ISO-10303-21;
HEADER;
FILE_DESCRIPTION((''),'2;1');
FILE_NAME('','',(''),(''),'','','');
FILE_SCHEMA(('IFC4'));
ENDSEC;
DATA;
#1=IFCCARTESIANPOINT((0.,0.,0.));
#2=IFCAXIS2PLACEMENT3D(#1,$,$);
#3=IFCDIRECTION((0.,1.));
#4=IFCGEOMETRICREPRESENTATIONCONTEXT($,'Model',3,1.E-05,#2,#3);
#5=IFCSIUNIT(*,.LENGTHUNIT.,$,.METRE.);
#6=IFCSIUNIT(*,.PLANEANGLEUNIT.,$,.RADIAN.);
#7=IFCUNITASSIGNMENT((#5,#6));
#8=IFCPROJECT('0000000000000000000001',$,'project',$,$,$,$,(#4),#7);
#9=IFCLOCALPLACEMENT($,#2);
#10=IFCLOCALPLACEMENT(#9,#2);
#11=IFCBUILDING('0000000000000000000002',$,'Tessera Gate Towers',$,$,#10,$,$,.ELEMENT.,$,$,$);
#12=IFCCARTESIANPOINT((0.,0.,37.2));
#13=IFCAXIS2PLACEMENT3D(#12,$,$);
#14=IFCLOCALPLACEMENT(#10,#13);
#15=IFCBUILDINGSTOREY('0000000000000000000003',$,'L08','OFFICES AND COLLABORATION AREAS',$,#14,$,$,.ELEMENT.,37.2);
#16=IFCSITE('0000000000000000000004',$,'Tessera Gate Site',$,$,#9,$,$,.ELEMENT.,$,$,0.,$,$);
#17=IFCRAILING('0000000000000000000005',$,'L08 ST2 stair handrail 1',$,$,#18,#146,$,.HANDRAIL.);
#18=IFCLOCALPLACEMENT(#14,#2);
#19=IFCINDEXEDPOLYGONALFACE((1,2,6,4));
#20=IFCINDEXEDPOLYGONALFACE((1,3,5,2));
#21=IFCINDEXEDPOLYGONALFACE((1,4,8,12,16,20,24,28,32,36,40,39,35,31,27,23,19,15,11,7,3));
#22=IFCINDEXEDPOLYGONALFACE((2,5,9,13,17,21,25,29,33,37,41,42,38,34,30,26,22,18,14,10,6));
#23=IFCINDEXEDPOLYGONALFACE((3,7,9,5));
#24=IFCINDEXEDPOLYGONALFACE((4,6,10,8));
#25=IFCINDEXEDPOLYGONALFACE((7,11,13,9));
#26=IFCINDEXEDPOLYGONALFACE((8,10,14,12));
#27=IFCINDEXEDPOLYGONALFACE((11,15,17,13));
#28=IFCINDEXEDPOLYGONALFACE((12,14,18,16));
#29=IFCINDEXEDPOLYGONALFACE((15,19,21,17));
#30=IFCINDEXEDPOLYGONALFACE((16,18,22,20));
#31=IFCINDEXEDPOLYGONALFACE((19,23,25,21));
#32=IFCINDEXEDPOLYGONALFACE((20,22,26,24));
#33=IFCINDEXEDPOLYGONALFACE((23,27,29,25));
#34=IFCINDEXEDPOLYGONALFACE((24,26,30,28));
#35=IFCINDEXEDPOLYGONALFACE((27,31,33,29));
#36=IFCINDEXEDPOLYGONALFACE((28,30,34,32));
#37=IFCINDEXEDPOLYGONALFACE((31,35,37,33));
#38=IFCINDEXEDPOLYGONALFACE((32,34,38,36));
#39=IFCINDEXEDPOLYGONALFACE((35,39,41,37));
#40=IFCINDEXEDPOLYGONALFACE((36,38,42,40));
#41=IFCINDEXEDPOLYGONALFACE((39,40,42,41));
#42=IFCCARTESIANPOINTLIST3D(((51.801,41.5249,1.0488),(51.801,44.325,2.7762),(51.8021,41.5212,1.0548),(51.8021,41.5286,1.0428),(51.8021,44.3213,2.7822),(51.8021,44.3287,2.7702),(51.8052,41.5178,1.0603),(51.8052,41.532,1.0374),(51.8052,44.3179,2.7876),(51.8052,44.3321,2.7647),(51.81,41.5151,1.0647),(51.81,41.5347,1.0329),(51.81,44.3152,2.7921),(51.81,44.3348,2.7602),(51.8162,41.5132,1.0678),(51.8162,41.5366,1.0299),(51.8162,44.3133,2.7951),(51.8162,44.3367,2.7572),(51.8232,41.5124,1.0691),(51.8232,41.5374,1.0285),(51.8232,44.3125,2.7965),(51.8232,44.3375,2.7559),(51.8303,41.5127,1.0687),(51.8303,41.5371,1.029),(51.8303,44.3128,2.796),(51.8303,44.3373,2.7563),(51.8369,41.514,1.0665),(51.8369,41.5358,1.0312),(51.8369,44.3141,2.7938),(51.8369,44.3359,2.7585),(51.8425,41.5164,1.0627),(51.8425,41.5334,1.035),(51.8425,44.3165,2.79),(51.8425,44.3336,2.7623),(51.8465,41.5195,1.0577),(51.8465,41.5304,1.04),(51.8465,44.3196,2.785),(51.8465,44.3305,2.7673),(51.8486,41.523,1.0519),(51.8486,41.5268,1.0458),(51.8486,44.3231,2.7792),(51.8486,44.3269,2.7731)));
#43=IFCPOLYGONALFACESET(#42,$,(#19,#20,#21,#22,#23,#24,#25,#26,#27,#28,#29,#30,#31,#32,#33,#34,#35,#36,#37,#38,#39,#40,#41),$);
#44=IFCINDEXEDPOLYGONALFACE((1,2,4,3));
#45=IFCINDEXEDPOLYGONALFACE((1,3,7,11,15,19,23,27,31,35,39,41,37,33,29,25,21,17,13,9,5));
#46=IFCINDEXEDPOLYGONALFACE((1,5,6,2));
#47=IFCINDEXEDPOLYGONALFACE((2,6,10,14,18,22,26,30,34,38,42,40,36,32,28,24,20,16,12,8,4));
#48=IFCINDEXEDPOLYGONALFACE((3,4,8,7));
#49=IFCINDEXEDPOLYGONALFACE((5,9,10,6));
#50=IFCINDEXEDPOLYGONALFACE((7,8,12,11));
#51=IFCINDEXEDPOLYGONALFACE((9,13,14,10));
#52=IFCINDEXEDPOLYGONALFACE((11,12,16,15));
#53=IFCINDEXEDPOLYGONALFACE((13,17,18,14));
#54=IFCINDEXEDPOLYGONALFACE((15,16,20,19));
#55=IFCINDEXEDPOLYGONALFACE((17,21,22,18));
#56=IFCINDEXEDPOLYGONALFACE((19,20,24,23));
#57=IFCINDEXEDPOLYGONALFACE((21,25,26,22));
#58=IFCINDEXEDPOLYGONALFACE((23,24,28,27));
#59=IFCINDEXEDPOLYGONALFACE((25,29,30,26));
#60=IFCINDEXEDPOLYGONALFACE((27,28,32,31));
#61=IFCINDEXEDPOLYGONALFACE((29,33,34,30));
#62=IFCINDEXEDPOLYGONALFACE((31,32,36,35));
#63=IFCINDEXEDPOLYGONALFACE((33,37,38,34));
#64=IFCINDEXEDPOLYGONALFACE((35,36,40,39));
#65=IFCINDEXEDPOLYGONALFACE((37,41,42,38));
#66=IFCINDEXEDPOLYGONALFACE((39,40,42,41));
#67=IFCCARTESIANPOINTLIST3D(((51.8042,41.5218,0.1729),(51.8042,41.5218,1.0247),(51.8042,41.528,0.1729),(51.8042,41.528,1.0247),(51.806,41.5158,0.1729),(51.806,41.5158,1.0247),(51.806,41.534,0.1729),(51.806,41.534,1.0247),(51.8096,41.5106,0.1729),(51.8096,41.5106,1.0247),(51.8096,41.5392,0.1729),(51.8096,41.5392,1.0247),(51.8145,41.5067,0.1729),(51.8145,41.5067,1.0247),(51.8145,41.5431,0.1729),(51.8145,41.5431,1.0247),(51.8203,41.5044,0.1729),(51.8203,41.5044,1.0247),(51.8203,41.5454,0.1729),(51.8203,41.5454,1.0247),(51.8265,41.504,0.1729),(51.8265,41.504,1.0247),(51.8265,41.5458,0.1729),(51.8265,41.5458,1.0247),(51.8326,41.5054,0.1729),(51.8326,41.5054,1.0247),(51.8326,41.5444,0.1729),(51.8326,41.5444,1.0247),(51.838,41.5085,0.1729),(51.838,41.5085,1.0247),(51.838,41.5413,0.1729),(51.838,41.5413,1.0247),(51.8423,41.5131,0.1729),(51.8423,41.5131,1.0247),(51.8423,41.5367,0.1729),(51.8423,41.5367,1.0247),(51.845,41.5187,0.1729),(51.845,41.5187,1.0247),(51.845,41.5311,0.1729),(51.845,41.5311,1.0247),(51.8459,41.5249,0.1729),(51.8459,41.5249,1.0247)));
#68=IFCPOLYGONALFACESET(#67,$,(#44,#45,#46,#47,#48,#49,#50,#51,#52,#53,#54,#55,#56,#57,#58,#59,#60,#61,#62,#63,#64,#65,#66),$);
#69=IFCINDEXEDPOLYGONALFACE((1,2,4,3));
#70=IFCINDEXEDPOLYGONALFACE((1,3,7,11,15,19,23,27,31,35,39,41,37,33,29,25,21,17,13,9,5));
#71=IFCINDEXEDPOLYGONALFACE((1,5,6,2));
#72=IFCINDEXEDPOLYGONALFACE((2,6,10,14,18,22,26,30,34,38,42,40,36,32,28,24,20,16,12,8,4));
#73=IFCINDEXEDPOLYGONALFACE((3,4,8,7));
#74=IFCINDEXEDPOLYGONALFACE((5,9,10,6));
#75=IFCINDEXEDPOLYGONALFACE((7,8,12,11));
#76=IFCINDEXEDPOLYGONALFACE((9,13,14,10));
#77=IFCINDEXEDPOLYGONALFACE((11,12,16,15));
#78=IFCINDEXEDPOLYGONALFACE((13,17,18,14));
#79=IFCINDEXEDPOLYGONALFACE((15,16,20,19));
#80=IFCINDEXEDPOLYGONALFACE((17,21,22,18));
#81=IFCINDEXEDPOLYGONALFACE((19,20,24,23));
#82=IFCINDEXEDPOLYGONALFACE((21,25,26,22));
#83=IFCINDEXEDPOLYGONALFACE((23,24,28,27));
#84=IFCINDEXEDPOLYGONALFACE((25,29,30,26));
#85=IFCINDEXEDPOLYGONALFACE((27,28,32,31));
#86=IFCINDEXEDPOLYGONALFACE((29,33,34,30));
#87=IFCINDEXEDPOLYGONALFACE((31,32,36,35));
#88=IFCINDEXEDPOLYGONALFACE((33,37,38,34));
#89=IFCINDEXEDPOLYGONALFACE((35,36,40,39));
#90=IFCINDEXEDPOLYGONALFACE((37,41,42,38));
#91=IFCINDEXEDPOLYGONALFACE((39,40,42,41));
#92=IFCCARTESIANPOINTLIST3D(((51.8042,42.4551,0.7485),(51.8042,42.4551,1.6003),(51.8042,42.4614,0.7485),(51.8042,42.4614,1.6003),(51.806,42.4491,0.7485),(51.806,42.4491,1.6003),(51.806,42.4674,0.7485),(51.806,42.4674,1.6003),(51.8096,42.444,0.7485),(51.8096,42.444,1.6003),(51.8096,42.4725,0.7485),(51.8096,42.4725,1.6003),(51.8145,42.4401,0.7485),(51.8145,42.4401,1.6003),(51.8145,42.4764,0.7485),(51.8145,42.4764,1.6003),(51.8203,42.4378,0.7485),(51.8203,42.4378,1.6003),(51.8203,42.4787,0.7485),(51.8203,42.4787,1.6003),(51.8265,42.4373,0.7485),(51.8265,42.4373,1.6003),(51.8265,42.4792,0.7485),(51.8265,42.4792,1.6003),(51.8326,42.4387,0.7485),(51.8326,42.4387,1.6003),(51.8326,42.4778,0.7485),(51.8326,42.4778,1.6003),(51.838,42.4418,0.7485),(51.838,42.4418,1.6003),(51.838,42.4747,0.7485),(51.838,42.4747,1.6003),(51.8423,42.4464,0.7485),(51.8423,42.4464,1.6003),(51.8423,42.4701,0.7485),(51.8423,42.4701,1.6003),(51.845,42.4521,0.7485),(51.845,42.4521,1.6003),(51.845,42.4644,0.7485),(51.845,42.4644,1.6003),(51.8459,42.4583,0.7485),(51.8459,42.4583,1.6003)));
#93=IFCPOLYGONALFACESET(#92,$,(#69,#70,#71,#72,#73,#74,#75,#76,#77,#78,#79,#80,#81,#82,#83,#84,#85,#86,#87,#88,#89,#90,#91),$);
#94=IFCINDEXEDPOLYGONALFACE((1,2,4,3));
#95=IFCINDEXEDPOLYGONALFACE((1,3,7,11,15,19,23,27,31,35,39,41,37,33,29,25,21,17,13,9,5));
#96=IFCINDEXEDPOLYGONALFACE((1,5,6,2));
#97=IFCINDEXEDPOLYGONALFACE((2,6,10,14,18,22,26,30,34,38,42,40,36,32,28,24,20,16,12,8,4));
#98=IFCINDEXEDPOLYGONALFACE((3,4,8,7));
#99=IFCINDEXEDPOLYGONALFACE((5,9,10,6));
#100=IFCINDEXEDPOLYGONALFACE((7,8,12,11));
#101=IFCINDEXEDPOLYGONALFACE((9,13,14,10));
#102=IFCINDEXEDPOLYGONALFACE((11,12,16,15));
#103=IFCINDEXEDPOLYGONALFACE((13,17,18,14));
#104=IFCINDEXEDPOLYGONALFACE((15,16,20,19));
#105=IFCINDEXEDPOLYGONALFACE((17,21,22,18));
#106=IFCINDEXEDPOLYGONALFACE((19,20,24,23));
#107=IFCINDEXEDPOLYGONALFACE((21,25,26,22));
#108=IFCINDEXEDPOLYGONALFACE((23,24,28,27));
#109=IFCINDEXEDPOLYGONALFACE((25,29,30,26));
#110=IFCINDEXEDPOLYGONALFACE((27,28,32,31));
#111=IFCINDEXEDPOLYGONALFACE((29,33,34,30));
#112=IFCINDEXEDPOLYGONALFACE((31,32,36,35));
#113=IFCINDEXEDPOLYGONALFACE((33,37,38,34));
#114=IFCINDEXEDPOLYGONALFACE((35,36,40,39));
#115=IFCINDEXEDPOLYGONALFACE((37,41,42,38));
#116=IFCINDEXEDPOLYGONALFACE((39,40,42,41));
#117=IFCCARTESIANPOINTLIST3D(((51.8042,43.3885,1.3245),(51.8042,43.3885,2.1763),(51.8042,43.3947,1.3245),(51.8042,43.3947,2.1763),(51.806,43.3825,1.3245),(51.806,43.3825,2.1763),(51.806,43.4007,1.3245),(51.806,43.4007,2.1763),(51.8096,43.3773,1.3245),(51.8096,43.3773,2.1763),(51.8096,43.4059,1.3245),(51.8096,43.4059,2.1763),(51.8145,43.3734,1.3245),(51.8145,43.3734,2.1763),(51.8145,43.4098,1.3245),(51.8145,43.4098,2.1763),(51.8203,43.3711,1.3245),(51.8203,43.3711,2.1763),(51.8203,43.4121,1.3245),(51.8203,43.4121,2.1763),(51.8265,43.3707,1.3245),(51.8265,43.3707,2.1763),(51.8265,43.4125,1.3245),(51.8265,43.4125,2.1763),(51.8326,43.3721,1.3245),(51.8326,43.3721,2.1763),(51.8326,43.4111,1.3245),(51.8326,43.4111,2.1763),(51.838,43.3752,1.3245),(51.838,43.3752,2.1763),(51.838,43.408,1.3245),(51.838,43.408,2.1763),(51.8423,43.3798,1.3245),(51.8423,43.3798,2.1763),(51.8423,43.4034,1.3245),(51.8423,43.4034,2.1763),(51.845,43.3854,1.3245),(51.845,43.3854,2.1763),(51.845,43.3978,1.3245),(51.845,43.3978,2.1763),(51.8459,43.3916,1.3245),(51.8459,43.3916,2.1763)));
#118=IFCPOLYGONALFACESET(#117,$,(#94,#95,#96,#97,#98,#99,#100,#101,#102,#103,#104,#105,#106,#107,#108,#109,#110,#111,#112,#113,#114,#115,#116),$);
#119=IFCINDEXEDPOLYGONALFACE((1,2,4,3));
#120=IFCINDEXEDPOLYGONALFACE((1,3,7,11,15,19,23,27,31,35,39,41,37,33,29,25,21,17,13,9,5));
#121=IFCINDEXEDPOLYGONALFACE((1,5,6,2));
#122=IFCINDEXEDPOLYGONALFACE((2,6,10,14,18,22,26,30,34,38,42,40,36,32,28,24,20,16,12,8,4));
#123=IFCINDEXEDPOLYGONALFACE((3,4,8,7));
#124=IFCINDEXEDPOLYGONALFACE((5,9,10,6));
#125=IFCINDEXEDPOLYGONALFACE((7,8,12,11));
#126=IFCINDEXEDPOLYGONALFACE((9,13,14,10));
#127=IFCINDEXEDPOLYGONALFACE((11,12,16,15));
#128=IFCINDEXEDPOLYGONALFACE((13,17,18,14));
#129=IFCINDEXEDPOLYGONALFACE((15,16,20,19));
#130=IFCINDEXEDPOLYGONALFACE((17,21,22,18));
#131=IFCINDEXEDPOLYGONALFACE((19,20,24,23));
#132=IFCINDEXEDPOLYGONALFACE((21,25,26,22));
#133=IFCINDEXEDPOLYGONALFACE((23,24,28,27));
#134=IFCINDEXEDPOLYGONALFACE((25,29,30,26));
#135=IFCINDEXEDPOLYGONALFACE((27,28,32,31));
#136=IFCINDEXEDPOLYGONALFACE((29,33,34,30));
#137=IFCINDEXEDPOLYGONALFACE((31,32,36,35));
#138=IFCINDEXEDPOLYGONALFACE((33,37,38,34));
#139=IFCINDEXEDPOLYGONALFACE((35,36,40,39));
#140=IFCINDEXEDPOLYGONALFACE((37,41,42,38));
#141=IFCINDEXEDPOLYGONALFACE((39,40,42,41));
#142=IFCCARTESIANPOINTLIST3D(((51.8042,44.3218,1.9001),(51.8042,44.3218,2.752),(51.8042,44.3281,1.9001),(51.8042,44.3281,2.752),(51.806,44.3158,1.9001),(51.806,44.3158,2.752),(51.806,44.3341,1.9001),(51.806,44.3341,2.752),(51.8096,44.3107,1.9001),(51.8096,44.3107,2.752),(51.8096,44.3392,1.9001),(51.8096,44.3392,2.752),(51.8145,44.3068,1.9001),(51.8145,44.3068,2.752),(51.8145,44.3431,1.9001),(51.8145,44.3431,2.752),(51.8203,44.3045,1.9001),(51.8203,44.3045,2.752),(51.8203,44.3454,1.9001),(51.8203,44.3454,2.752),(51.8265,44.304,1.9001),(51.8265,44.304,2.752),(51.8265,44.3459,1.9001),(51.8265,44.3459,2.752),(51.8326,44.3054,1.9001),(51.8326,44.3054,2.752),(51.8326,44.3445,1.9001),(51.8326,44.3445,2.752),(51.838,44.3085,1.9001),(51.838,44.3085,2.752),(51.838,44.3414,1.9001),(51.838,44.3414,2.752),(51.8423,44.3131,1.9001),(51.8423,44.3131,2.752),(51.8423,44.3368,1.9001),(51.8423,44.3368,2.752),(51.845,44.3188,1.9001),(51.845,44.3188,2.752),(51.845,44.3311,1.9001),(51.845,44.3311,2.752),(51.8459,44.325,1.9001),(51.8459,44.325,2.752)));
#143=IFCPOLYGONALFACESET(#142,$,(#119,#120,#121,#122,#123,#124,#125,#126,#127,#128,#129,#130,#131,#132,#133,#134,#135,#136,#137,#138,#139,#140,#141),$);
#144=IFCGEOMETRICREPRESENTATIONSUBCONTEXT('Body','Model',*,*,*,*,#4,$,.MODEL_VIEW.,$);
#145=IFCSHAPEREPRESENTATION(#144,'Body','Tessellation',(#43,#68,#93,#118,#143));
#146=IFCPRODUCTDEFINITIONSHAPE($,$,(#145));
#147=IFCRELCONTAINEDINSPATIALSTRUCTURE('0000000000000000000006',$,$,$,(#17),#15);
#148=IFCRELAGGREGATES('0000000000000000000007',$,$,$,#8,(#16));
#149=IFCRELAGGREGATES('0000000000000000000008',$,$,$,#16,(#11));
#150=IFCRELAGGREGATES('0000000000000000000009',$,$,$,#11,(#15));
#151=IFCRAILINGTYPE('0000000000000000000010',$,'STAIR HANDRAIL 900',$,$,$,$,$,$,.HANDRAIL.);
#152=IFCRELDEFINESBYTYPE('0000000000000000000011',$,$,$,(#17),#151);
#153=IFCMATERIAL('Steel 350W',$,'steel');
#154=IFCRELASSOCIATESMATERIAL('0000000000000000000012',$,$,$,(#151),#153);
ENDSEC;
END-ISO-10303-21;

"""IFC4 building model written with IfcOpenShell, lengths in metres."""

from ifc_helpers import new_model, si_unit, direction, frame, origin, origin_2d, place, context, subcontext, project, spatial, circle, extrude, material, type_object, element, save


model = new_model("IFC4")

# Units and contexts
model_context = context("Model", 3, precision=1e-05, world=origin(), true_north=direction((0.0, 1.0)))
body_context = subcontext(model_context, "Body", "Model", "MODEL_VIEW")
ifc_project = project(units=[si_unit("LENGTHUNIT", "METRE"), si_unit("PLANEANGLEUNIT", "RADIAN")], contexts=[model_context])

# Site, building, storey
site_placement = place(None, origin())
site = spatial("IfcSite", under=ifc_project, at=site_placement, Name="Tessera Gate Site", CompositionType="ELEMENT", RefElevation=0.0)
building_placement = place(site_placement, origin())
building = spatial("IfcBuilding", under=site, at=building_placement, Name="Tessera Gate Towers", CompositionType="ELEMENT")
storey_placement = place(building_placement, frame((0.0, 0.0, 37.2)))
storey = spatial("IfcBuildingStorey", under=building, at=storey_placement, Name="L08", Description="OFFICES AND COLLABORATION AREAS", CompositionType="ELEMENT", Elevation=37.2)

# Railing
ifc_material_1 = material(Name="Steel 350W", Category="steel")
railing_type_1 = type_object("IfcRailingType", Name="STAIR HANDRAIL 900", PredefinedType="HANDRAIL", material=ifc_material_1)
railing_1_placement = place(storey_placement, frame((51.825, 41.5249, 0.1729)))
element("IfcRailing", 1, at=railing_1_placement, inside=storey, type_object=railing_type_1, Name="L08 ST2 stair handrail 1", PredefinedType="HANDRAIL", context=body_context, shape_type="SweptSolid", body=[
    extrude(circle(Radius=0.0239, at=origin_2d()), frame((0.0, 0.0, 0.876), z_axis=(0.0, 0.85109, 0.52502), x_axis=(-1.0, 0.0, 0.0)), (0.0, 0.0, 1.0), 3.29),
    extrude(circle(Radius=0.021, at=origin_2d()), origin(), (0.0, 0.0, 1.0), 0.8518),
    extrude(circle(Radius=0.021, at=origin_2d()), frame((0.0, 0.9333, 0.5757)), (0.0, 0.0, 1.0), 0.8518),
    extrude(circle(Radius=0.021, at=origin_2d()), frame((0.0, 1.8667, 1.1516)), (0.0, 0.0, 1.0), 0.8518),
    extrude(circle(Radius=0.021, at=origin_2d()), frame((0.0, 2.8, 1.7273)), (0.0, 0.0, 1.0), 0.8518),
])

save(model, "model.ifc")
